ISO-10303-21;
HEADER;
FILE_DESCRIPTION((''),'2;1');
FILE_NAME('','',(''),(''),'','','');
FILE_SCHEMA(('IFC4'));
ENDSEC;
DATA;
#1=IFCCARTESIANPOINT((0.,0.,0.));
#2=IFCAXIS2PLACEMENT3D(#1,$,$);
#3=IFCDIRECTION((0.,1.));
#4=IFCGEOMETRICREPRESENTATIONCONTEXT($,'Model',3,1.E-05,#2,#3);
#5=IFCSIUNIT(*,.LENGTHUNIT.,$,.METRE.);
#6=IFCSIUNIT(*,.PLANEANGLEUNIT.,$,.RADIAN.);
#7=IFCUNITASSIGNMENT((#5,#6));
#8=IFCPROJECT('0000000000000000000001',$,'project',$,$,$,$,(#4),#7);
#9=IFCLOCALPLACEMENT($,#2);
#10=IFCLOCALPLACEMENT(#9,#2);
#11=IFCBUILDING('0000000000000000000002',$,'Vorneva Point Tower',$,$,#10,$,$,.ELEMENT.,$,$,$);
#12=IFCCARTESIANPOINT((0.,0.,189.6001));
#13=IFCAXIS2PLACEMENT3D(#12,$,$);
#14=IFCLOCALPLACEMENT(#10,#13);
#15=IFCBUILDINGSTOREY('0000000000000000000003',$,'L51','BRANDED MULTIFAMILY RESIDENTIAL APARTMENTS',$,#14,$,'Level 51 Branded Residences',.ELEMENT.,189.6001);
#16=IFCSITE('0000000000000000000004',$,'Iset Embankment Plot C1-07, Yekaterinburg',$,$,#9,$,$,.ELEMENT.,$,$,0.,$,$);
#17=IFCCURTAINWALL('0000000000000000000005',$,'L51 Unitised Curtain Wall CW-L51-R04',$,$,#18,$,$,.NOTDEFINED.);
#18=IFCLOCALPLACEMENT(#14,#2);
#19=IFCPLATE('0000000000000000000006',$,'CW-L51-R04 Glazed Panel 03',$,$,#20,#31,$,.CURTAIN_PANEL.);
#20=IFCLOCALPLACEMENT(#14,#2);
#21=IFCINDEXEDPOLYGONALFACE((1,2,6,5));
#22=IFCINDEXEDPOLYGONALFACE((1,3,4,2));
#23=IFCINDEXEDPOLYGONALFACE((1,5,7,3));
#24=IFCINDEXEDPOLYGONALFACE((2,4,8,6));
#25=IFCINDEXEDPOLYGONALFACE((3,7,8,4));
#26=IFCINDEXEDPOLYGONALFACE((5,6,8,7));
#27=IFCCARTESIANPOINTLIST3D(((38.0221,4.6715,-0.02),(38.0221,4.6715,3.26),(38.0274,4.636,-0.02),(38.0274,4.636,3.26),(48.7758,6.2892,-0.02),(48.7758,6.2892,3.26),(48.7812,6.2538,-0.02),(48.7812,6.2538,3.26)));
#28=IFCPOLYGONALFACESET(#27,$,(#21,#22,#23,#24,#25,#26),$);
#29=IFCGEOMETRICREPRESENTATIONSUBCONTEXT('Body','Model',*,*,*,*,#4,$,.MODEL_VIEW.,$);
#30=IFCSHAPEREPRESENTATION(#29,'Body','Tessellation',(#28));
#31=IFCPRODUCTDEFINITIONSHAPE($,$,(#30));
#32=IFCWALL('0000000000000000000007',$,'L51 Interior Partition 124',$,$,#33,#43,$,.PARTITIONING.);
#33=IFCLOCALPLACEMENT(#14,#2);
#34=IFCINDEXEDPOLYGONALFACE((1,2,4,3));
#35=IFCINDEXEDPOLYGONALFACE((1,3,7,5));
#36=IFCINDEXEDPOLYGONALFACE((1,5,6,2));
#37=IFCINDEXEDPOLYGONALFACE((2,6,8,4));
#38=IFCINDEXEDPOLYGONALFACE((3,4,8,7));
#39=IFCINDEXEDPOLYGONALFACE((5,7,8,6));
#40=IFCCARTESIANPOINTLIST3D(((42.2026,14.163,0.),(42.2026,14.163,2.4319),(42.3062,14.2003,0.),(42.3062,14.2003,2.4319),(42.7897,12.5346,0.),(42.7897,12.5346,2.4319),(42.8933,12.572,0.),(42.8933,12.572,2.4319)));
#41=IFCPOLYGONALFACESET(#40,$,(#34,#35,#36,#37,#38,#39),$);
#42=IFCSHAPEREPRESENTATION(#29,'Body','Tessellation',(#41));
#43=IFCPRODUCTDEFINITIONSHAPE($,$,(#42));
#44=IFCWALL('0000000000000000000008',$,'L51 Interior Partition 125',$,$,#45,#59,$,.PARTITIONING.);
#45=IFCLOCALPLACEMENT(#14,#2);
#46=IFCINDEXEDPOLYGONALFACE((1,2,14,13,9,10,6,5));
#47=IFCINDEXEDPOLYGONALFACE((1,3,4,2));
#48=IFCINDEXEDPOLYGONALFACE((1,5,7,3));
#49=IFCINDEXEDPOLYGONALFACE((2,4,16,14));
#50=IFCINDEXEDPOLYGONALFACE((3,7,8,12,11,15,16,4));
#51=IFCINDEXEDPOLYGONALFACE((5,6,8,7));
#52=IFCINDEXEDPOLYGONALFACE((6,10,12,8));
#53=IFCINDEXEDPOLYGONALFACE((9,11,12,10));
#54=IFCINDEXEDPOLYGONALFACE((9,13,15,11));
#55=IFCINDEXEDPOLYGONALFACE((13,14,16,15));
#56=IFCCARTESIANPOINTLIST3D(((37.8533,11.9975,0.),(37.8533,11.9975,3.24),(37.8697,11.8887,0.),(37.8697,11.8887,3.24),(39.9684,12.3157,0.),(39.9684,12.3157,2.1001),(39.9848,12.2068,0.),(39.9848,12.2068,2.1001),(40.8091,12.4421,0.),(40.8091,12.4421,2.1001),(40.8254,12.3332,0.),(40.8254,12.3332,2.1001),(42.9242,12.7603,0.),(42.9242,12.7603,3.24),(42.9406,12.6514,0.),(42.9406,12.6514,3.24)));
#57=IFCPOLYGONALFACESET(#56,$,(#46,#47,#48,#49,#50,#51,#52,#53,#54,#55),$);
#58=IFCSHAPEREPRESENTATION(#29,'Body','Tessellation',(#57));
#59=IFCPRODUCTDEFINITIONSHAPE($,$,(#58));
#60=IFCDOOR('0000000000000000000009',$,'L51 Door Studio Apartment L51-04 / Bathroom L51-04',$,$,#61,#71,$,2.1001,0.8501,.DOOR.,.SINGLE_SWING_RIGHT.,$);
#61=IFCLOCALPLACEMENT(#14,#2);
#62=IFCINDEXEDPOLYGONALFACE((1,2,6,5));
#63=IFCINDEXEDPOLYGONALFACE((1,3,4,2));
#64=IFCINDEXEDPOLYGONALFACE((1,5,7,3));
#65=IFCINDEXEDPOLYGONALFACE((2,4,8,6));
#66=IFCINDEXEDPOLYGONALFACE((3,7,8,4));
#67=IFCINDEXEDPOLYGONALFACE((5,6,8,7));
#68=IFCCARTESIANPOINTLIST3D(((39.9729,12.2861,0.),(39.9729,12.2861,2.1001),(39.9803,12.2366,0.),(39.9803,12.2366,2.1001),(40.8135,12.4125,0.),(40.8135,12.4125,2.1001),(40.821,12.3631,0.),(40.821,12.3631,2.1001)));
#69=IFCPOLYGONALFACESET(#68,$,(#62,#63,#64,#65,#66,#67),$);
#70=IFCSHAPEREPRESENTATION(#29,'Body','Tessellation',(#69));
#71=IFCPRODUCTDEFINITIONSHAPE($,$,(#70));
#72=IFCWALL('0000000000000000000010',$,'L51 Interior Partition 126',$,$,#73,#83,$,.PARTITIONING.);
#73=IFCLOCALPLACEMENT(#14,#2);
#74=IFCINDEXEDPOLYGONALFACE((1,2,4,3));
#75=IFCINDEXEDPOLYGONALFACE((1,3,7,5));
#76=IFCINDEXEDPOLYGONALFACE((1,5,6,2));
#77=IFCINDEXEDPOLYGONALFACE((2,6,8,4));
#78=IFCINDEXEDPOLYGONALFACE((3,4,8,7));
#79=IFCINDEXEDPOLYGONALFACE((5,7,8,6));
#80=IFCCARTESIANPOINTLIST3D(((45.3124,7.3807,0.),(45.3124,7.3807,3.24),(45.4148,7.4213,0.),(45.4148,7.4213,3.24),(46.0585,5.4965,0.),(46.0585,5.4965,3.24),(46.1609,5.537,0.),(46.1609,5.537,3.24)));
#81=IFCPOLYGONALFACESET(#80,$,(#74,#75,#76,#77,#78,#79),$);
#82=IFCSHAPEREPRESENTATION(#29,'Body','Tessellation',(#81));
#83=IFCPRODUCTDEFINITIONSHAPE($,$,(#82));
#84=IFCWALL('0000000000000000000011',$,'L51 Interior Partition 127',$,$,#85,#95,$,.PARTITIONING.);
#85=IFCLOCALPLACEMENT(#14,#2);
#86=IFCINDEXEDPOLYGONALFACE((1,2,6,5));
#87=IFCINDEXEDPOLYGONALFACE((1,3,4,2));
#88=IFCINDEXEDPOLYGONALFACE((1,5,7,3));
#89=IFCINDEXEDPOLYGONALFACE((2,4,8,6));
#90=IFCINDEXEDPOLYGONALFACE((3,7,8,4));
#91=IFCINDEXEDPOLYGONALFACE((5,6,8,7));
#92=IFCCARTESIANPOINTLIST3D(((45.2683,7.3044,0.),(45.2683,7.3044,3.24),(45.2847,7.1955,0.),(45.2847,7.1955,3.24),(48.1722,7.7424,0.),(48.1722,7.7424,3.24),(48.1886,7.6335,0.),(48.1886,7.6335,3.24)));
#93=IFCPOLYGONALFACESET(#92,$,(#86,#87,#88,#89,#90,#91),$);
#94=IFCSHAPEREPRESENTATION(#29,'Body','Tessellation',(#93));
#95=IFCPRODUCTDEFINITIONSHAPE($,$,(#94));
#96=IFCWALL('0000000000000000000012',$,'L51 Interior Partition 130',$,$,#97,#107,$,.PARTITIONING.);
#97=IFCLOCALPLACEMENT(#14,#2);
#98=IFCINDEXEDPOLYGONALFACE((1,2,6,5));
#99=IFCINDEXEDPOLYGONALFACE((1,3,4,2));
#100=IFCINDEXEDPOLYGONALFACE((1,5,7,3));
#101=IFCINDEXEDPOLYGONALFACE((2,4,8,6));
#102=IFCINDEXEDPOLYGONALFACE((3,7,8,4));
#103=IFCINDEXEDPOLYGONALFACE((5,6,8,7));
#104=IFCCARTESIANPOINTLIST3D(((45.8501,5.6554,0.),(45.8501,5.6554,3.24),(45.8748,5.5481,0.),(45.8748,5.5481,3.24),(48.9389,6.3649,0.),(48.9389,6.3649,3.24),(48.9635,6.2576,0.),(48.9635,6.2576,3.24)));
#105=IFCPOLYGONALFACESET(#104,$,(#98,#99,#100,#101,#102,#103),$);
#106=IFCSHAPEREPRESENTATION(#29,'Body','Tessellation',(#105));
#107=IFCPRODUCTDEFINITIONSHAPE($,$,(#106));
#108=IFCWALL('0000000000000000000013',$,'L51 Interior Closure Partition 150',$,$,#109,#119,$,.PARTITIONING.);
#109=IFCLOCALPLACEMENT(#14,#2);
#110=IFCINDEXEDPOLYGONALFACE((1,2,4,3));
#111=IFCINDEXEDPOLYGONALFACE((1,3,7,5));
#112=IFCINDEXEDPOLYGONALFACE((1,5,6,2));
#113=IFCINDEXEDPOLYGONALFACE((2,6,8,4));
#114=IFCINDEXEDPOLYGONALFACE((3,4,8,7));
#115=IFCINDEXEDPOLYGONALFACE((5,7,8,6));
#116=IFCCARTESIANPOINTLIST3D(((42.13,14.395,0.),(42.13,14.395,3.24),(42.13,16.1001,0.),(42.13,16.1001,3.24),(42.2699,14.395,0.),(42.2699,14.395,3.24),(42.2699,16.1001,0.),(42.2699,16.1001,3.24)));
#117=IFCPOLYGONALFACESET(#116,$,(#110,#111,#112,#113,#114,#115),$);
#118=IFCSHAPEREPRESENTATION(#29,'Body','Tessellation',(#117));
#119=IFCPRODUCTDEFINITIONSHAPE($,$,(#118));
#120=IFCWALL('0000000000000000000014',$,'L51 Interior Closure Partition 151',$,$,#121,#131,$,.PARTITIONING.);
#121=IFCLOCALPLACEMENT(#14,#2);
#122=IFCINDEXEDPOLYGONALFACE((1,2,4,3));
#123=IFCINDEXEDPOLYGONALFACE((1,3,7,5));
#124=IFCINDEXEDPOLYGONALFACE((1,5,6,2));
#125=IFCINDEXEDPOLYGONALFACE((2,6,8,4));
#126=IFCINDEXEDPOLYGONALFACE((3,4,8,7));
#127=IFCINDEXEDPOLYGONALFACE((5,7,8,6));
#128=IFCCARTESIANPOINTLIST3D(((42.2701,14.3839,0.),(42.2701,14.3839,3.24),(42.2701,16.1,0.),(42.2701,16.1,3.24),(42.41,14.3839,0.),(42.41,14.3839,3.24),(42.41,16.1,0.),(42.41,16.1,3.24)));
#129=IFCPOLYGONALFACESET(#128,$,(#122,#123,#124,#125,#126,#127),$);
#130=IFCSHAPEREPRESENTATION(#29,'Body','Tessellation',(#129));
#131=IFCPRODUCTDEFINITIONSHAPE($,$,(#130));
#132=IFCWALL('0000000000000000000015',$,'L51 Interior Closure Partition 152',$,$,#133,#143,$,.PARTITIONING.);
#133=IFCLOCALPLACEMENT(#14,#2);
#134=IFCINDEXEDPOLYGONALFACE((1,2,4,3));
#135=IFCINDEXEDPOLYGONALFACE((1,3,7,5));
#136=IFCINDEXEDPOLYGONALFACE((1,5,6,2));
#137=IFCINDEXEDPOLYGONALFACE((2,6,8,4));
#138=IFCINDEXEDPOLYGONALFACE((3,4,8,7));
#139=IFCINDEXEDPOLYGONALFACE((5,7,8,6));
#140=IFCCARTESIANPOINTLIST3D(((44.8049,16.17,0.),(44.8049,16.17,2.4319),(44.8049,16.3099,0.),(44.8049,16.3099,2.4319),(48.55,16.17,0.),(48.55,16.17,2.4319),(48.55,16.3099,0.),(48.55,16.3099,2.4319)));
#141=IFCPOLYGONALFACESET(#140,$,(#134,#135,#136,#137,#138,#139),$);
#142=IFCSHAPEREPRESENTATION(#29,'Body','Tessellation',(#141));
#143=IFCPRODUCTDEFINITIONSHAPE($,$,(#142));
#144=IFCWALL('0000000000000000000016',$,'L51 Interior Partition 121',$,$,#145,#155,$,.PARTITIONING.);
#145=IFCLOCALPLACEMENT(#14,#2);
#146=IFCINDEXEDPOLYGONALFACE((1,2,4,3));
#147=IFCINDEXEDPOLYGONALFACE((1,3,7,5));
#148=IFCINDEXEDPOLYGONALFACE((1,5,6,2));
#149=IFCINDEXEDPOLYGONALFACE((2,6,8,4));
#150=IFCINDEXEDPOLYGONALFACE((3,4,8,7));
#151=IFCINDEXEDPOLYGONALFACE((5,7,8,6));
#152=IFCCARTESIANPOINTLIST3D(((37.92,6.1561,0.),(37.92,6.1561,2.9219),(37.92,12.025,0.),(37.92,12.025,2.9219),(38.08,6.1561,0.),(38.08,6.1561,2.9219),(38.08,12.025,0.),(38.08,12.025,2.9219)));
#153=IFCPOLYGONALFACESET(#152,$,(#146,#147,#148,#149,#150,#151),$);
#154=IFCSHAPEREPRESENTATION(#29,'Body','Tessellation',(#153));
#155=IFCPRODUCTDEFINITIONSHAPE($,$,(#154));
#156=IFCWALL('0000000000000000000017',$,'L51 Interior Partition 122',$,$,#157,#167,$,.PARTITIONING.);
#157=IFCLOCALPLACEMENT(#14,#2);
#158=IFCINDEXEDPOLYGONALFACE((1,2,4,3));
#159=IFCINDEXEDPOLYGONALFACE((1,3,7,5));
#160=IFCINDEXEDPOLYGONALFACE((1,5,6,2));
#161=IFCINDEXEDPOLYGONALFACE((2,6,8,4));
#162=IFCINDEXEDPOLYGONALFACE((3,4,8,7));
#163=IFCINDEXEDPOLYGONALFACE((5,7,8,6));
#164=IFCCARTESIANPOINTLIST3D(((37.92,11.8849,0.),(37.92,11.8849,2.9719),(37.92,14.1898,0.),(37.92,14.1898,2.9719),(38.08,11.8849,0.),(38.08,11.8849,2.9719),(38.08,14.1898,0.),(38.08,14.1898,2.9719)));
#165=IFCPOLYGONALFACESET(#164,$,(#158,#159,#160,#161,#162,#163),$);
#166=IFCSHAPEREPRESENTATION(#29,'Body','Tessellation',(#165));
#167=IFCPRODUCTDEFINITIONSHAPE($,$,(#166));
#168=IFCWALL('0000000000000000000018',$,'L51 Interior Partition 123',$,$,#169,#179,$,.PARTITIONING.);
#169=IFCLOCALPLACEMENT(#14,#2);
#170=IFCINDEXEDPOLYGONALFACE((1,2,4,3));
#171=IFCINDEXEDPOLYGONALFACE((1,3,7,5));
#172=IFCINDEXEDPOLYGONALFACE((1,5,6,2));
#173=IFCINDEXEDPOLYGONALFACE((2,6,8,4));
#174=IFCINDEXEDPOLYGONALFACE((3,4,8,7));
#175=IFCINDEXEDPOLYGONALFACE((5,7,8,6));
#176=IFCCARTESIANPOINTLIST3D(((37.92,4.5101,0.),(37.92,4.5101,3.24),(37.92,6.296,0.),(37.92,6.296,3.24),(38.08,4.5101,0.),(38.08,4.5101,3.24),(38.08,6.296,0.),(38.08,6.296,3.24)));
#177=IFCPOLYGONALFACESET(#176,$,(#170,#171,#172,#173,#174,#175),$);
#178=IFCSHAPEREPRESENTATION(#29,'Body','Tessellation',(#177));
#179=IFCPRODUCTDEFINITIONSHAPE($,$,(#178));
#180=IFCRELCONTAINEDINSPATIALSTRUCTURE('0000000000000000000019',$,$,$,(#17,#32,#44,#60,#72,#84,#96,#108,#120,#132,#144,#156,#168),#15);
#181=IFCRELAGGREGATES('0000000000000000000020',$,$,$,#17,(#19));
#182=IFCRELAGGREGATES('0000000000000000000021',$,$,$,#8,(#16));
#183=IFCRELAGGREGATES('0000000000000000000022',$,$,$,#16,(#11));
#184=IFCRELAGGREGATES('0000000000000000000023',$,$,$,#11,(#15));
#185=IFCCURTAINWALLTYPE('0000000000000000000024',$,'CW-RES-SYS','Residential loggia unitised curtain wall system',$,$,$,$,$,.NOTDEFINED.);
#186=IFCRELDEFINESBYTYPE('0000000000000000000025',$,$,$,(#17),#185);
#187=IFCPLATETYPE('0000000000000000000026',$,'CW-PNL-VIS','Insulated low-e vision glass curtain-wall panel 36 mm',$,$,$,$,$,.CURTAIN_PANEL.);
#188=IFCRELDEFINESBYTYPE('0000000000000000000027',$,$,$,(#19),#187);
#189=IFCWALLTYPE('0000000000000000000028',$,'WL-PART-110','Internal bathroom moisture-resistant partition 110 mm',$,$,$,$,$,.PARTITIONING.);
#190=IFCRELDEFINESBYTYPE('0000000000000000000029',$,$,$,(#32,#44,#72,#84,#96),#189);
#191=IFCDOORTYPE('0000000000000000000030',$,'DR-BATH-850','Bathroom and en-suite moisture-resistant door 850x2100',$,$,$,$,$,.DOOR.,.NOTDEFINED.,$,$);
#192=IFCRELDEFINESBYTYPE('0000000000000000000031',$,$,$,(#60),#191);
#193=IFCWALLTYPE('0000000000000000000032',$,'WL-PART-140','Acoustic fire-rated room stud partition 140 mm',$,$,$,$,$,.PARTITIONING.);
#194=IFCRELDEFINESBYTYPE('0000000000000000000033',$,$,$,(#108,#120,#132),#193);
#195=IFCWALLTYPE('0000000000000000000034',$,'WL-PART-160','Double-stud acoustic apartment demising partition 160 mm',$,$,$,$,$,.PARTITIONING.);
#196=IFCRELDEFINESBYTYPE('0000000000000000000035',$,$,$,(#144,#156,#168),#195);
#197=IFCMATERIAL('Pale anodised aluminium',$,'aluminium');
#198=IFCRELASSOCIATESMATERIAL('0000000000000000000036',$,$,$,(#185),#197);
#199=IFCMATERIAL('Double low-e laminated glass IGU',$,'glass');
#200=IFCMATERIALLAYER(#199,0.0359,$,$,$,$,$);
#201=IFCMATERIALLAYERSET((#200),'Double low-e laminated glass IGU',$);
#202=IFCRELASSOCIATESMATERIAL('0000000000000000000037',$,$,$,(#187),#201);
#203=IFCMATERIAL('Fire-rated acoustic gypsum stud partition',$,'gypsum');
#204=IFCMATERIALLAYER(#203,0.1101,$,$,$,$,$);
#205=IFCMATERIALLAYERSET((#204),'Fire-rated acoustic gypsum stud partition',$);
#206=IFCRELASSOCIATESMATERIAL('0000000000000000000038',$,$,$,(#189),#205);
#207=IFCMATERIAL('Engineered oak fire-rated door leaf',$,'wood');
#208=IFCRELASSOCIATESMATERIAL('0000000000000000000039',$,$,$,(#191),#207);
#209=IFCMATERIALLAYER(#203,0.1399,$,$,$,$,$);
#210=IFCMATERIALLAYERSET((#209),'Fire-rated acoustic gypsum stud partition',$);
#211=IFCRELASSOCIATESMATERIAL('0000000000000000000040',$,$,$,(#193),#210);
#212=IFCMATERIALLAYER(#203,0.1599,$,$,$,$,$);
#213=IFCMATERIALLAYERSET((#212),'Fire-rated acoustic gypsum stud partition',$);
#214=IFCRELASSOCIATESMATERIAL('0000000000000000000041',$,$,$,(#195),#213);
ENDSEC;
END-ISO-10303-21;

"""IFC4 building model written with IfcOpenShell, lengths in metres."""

from ifc_helpers import new_model, si_unit, direction, frame, frame_2d, origin, origin_2d, place, context, subcontext, project, spatial, rectangle, extrude, material, layer, layer_set, type_object, element, fill, aggregate, save


model = new_model("IFC4")

# Units and contexts
model_context = context("Model", 3, precision=1e-05, world=origin(), true_north=direction((0.0, 1.0)))
body_context = subcontext(model_context, "Body", "Model", "MODEL_VIEW")
ifc_project = project(units=[si_unit("LENGTHUNIT", "METRE"), si_unit("PLANEANGLEUNIT", "RADIAN")], contexts=[model_context])

# Site, building, storey
site_placement = place(None, origin())
site = spatial("IfcSite", under=ifc_project, at=site_placement, Name="Iset Embankment Plot C1-07, Yekaterinburg", CompositionType="ELEMENT", RefElevation=0.0)
building_placement = place(site_placement, origin())
building = spatial("IfcBuilding", under=site, at=building_placement, Name="Vorneva Point Tower", CompositionType="ELEMENT")
storey_placement = place(building_placement, frame((0.0, 0.0, 189.6001)))
storey = spatial("IfcBuildingStorey", under=building, at=storey_placement, Name="L51", Description="BRANDED MULTIFAMILY RESIDENTIAL APARTMENTS", LongName="Level 51 Branded Residences", CompositionType="ELEMENT", Elevation=189.6001)

# Curtain wall, plate
ifc_material_1 = material(Name="Pale anodised aluminium", Category="aluminium")
curtain_wall_type = type_object("IfcCurtainWallType", Name="CW-RES-SYS", Description="Residential loggia unitised curtain wall system", PredefinedType="NOTDEFINED", material=ifc_material_1)
curtain_wall_placement = place(storey_placement, origin())
curtain_wall = element("IfcCurtainWall", 1, at=curtain_wall_placement, inside=storey, type_object=curtain_wall_type, Name="L51 Unitised Curtain Wall CW-L51-R04", PredefinedType="NOTDEFINED")
ifc_material_2 = material(Name="Double low-e laminated glass IGU", Category="glass")
ifc_layer_1 = layer(ifc_material_2, 0.0359)
ifc_layer_set_1 = layer_set([ifc_layer_1], Name="Double low-e laminated glass IGU")
plate_type = type_object("IfcPlateType", Name="CW-PNL-VIS", Description="Insulated low-e vision glass curtain-wall panel 36 mm", PredefinedType="CURTAIN_PANEL", material=ifc_layer_set_1)
plate_placement = place(storey_placement, frame((43.4016, 5.4626, -0.02), z_axis=(0.0, 0.0, 1.0), x_axis=(0.988874, 0.148759, 0.0)))
plate = element("IfcPlate", 2, at=plate_placement, type_object=plate_type, Name="CW-L51-R04 Glazed Panel 03", PredefinedType="CURTAIN_PANEL", context=body_context, shape_type="SweptSolid", body=[
    extrude(rectangle(XDim=10.8748, YDim=0.0359, at=origin_2d()), origin(), (0.0, 0.0, 1.0), 3.28),
])
aggregate(curtain_wall, [plate])

# Wall
ifc_material_3 = material(Name="Fire-rated acoustic gypsum stud partition", Category="gypsum")
ifc_layer_2 = layer(ifc_material_3, 0.1101)
ifc_layer_set_2 = layer_set([ifc_layer_2], Name="Fire-rated acoustic gypsum stud partition")
wall_type_1 = type_object("IfcWallType", Name="WL-PART-110", Description="Internal bathroom moisture-resistant partition 110 mm", PredefinedType="PARTITIONING", material=ifc_layer_set_2)
wall_1_placement = place(storey_placement, frame((42.2544, 14.1816, 0.0), z_axis=(0.0, 0.0, 1.0), x_axis=(0.339194, -0.940716, 0.0)))
element("IfcWall", 3, at=wall_1_placement, inside=storey, type_object=wall_type_1, Name="L51 Interior Partition 124", PredefinedType="PARTITIONING", context=body_context, shape_type="SweptSolid", body=[
    extrude(rectangle(XDim=1.731, YDim=0.1101, at=frame_2d((0.8655, 0.0))), origin(), (0.0, 0.0, 1.0), 2.4319),
])

# Wall, opening, door
wall_2_placement = place(storey_placement, frame((42.9324, 12.7058, 0.0), z_axis=(0.0, 0.0, 1.0), x_axis=(-0.988877, -0.148736, 0.0)))
wall_2 = element("IfcWall", 4, at=wall_2_placement, inside=storey, type_object=wall_type_1, Name="L51 Interior Partition 125", PredefinedType="PARTITIONING", context=body_context, shape_type="SweptSolid", body=[
    extrude(rectangle(XDim=5.1279, YDim=0.1101, at=frame_2d((2.564, 0.0))), origin(), (0.0, 0.0, 1.0), 3.24),
])
opening_1_placement = place(wall_2_placement, frame((2.1389, 0.0, 0.0)))
opening_1 = element("IfcOpeningElement", 5, at=opening_1_placement, cuts=wall_2, PredefinedType="OPENING", context=body_context, shape_type="SweptSolid", body=[
    extrude(rectangle(XDim=0.8501, YDim=2.1001, at=frame_2d((0.425, 1.05))), frame((0.0, 0.0698, 0.0), z_axis=(0.0, -1.0, 0.0), x_axis=(1.0, 0.0, 0.0)), (0.0, 0.0, 1.0), 0.1399),
])
ifc_material_4 = material(Name="Engineered oak fire-rated door leaf", Category="wood")
door_type_1 = type_object("IfcDoorType", Name="DR-BATH-850", Description="Bathroom and en-suite moisture-resistant door 850x2100", OperationType="NOTDEFINED", PredefinedType="DOOR", material=ifc_material_4)
door_1_placement = place(opening_1_placement, origin())
door_1 = element("IfcDoor", 6, at=door_1_placement, inside=storey, type_object=door_type_1, Name="L51 Door Studio Apartment L51-04 / Bathroom L51-04", OperationType="SINGLE_SWING_RIGHT", OverallHeight=2.1001, OverallWidth=0.8501, PredefinedType="DOOR", context=body_context, shape_type="SweptSolid", body=[
    extrude(rectangle(XDim=0.8501, YDim=2.1001, at=frame_2d((0.425, 1.05))), frame((0.0, 0.0249, 0.0), z_axis=(0.0, -1.0, 0.0), x_axis=(1.0, 0.0, 0.0)), (0.0, 0.0, 1.0), 0.05),
])
fill(opening_1, door_1)

# Walls
wall_3_placement = place(storey_placement, frame((46.1096, 5.5168, 0.0), z_axis=(0.0, 0.0, 1.0), x_axis=(-0.368148, 0.929767, 0.0)))
element("IfcWall", 7, at=wall_3_placement, inside=storey, type_object=wall_type_1, Name="L51 Interior Partition 126", PredefinedType="PARTITIONING", context=body_context, shape_type="SweptSolid", body=[
    extrude(rectangle(XDim=2.0266, YDim=0.1101, at=frame_2d((1.0132, 0.0))), origin(), (0.0, 0.0, 1.0), 3.24),
])
wall_4_placement = place(storey_placement, frame((45.2766, 7.25, 0.0), z_axis=(0.0, 0.0, 1.0), x_axis=(0.988815, 0.149145, 0.0)))
element("IfcWall", 8, at=wall_4_placement, inside=storey, type_object=wall_type_1, Name="L51 Interior Partition 127", PredefinedType="PARTITIONING", context=body_context, shape_type="SweptSolid", body=[
    extrude(rectangle(XDim=2.9368, YDim=0.1101, at=frame_2d((1.4683, 0.0))), origin(), (0.0, 0.0, 1.0), 3.24),
])
wall_5_placement = place(storey_placement, frame((45.8625, 5.6018, 0.0), z_axis=(0.0, 0.0, 1.0), x_axis=(0.974622, 0.223858, 0.0)))
element("IfcWall", 9, at=wall_5_placement, inside=storey, type_object=wall_type_1, Name="L51 Interior Partition 130", PredefinedType="PARTITIONING", context=body_context, shape_type="SweptSolid", body=[
    extrude(rectangle(XDim=3.1692, YDim=0.1101, at=frame_2d((1.5845, 0.0))), origin(), (0.0, 0.0, 1.0), 3.24),
])
ifc_layer_3 = layer(ifc_material_3, 0.1399)
ifc_layer_set_3 = layer_set([ifc_layer_3], Name="Fire-rated acoustic gypsum stud partition")
wall_type_2 = type_object("IfcWallType", Name="WL-PART-140", Description="Acoustic fire-rated room stud partition 140 mm", PredefinedType="PARTITIONING", material=ifc_layer_set_3)
wall_6_placement = place(storey_placement, frame((42.2, 16.1001, 0.0), z_axis=(0.0, 0.0, 1.0), x_axis=(0.0, -1.0, 0.0)))
element("IfcWall", 10, at=wall_6_placement, inside=storey, type_object=wall_type_2, Name="L51 Interior Closure Partition 150", PredefinedType="PARTITIONING", context=body_context, shape_type="SweptSolid", body=[
    extrude(rectangle(XDim=1.7051, YDim=0.1399, at=frame_2d((0.8525, 0.0))), origin(), (0.0, 0.0, 1.0), 3.24),
])
wall_7_placement = place(storey_placement, frame((42.3401, 14.384, 0.0), z_axis=(0.0, 0.0, 1.0), x_axis=(0.0, 1.0, 0.0)))
element("IfcWall", 11, at=wall_7_placement, inside=storey, type_object=wall_type_2, Name="L51 Interior Closure Partition 151", PredefinedType="PARTITIONING", context=body_context, shape_type="SweptSolid", body=[
    extrude(rectangle(XDim=1.7161, YDim=0.1399, at=frame_2d((0.8579, 0.0))), origin(), (0.0, 0.0, 1.0), 3.24),
])
wall_8_placement = place(storey_placement, frame((44.8049, 16.24, 0.0), z_axis=(0.0, 0.0, 1.0), x_axis=(1.0, 0.0, 0.0)))
element("IfcWall", 12, at=wall_8_placement, inside=storey, type_object=wall_type_2, Name="L51 Interior Closure Partition 152", PredefinedType="PARTITIONING", context=body_context, shape_type="SweptSolid", body=[
    extrude(rectangle(XDim=3.7451, YDim=0.1399, at=frame_2d((1.8726, 0.0))), origin(), (0.0, 0.0, 1.0), 2.4319),
])
ifc_layer_4 = layer(ifc_material_3, 0.1599)
ifc_layer_set_4 = layer_set([ifc_layer_4], Name="Fire-rated acoustic gypsum stud partition")
wall_type_3 = type_object("IfcWallType", Name="WL-PART-160", Description="Double-stud acoustic apartment demising partition 160 mm", PredefinedType="PARTITIONING", material=ifc_layer_set_4)
wall_9_placement = place(storey_placement, frame((38.0, 6.156, 0.0), z_axis=(0.0, 0.0, 1.0), x_axis=(0.0, 1.0, 0.0)))
element("IfcWall", 13, at=wall_9_placement, inside=storey, type_object=wall_type_3, Name="L51 Interior Partition 121", PredefinedType="PARTITIONING", context=body_context, shape_type="SweptSolid", body=[
    extrude(rectangle(XDim=5.8689, YDim=0.1599, at=frame_2d((2.9346, 0.0))), origin(), (0.0, 0.0, 1.0), 2.9219),
])
wall_10_placement = place(storey_placement, frame((38.0, 11.885, 0.0), z_axis=(0.0, 0.0, 1.0), x_axis=(0.0, 1.0, 0.0)))
element("IfcWall", 14, at=wall_10_placement, inside=storey, type_object=wall_type_3, Name="L51 Interior Partition 122", PredefinedType="PARTITIONING", context=body_context, shape_type="SweptSolid", body=[
    extrude(rectangle(XDim=2.3049, YDim=0.1599, at=frame_2d((1.1523, 0.0))), origin(), (0.0, 0.0, 1.0), 2.9719),
])
wall_11_placement = place(storey_placement, frame((38.0, 4.51, 0.0), z_axis=(0.0, 0.0, 1.0), x_axis=(0.0, 1.0, 0.0)))
element("IfcWall", 15, at=wall_11_placement, inside=storey, type_object=wall_type_3, Name="L51 Interior Partition 123", PredefinedType="PARTITIONING", context=body_context, shape_type="SweptSolid", body=[
    extrude(rectangle(XDim=1.7859, YDim=0.1599, at=frame_2d((0.8931, 0.0))), origin(), (0.0, 0.0, 1.0), 3.24),
])

save(model, "model.ifc")
